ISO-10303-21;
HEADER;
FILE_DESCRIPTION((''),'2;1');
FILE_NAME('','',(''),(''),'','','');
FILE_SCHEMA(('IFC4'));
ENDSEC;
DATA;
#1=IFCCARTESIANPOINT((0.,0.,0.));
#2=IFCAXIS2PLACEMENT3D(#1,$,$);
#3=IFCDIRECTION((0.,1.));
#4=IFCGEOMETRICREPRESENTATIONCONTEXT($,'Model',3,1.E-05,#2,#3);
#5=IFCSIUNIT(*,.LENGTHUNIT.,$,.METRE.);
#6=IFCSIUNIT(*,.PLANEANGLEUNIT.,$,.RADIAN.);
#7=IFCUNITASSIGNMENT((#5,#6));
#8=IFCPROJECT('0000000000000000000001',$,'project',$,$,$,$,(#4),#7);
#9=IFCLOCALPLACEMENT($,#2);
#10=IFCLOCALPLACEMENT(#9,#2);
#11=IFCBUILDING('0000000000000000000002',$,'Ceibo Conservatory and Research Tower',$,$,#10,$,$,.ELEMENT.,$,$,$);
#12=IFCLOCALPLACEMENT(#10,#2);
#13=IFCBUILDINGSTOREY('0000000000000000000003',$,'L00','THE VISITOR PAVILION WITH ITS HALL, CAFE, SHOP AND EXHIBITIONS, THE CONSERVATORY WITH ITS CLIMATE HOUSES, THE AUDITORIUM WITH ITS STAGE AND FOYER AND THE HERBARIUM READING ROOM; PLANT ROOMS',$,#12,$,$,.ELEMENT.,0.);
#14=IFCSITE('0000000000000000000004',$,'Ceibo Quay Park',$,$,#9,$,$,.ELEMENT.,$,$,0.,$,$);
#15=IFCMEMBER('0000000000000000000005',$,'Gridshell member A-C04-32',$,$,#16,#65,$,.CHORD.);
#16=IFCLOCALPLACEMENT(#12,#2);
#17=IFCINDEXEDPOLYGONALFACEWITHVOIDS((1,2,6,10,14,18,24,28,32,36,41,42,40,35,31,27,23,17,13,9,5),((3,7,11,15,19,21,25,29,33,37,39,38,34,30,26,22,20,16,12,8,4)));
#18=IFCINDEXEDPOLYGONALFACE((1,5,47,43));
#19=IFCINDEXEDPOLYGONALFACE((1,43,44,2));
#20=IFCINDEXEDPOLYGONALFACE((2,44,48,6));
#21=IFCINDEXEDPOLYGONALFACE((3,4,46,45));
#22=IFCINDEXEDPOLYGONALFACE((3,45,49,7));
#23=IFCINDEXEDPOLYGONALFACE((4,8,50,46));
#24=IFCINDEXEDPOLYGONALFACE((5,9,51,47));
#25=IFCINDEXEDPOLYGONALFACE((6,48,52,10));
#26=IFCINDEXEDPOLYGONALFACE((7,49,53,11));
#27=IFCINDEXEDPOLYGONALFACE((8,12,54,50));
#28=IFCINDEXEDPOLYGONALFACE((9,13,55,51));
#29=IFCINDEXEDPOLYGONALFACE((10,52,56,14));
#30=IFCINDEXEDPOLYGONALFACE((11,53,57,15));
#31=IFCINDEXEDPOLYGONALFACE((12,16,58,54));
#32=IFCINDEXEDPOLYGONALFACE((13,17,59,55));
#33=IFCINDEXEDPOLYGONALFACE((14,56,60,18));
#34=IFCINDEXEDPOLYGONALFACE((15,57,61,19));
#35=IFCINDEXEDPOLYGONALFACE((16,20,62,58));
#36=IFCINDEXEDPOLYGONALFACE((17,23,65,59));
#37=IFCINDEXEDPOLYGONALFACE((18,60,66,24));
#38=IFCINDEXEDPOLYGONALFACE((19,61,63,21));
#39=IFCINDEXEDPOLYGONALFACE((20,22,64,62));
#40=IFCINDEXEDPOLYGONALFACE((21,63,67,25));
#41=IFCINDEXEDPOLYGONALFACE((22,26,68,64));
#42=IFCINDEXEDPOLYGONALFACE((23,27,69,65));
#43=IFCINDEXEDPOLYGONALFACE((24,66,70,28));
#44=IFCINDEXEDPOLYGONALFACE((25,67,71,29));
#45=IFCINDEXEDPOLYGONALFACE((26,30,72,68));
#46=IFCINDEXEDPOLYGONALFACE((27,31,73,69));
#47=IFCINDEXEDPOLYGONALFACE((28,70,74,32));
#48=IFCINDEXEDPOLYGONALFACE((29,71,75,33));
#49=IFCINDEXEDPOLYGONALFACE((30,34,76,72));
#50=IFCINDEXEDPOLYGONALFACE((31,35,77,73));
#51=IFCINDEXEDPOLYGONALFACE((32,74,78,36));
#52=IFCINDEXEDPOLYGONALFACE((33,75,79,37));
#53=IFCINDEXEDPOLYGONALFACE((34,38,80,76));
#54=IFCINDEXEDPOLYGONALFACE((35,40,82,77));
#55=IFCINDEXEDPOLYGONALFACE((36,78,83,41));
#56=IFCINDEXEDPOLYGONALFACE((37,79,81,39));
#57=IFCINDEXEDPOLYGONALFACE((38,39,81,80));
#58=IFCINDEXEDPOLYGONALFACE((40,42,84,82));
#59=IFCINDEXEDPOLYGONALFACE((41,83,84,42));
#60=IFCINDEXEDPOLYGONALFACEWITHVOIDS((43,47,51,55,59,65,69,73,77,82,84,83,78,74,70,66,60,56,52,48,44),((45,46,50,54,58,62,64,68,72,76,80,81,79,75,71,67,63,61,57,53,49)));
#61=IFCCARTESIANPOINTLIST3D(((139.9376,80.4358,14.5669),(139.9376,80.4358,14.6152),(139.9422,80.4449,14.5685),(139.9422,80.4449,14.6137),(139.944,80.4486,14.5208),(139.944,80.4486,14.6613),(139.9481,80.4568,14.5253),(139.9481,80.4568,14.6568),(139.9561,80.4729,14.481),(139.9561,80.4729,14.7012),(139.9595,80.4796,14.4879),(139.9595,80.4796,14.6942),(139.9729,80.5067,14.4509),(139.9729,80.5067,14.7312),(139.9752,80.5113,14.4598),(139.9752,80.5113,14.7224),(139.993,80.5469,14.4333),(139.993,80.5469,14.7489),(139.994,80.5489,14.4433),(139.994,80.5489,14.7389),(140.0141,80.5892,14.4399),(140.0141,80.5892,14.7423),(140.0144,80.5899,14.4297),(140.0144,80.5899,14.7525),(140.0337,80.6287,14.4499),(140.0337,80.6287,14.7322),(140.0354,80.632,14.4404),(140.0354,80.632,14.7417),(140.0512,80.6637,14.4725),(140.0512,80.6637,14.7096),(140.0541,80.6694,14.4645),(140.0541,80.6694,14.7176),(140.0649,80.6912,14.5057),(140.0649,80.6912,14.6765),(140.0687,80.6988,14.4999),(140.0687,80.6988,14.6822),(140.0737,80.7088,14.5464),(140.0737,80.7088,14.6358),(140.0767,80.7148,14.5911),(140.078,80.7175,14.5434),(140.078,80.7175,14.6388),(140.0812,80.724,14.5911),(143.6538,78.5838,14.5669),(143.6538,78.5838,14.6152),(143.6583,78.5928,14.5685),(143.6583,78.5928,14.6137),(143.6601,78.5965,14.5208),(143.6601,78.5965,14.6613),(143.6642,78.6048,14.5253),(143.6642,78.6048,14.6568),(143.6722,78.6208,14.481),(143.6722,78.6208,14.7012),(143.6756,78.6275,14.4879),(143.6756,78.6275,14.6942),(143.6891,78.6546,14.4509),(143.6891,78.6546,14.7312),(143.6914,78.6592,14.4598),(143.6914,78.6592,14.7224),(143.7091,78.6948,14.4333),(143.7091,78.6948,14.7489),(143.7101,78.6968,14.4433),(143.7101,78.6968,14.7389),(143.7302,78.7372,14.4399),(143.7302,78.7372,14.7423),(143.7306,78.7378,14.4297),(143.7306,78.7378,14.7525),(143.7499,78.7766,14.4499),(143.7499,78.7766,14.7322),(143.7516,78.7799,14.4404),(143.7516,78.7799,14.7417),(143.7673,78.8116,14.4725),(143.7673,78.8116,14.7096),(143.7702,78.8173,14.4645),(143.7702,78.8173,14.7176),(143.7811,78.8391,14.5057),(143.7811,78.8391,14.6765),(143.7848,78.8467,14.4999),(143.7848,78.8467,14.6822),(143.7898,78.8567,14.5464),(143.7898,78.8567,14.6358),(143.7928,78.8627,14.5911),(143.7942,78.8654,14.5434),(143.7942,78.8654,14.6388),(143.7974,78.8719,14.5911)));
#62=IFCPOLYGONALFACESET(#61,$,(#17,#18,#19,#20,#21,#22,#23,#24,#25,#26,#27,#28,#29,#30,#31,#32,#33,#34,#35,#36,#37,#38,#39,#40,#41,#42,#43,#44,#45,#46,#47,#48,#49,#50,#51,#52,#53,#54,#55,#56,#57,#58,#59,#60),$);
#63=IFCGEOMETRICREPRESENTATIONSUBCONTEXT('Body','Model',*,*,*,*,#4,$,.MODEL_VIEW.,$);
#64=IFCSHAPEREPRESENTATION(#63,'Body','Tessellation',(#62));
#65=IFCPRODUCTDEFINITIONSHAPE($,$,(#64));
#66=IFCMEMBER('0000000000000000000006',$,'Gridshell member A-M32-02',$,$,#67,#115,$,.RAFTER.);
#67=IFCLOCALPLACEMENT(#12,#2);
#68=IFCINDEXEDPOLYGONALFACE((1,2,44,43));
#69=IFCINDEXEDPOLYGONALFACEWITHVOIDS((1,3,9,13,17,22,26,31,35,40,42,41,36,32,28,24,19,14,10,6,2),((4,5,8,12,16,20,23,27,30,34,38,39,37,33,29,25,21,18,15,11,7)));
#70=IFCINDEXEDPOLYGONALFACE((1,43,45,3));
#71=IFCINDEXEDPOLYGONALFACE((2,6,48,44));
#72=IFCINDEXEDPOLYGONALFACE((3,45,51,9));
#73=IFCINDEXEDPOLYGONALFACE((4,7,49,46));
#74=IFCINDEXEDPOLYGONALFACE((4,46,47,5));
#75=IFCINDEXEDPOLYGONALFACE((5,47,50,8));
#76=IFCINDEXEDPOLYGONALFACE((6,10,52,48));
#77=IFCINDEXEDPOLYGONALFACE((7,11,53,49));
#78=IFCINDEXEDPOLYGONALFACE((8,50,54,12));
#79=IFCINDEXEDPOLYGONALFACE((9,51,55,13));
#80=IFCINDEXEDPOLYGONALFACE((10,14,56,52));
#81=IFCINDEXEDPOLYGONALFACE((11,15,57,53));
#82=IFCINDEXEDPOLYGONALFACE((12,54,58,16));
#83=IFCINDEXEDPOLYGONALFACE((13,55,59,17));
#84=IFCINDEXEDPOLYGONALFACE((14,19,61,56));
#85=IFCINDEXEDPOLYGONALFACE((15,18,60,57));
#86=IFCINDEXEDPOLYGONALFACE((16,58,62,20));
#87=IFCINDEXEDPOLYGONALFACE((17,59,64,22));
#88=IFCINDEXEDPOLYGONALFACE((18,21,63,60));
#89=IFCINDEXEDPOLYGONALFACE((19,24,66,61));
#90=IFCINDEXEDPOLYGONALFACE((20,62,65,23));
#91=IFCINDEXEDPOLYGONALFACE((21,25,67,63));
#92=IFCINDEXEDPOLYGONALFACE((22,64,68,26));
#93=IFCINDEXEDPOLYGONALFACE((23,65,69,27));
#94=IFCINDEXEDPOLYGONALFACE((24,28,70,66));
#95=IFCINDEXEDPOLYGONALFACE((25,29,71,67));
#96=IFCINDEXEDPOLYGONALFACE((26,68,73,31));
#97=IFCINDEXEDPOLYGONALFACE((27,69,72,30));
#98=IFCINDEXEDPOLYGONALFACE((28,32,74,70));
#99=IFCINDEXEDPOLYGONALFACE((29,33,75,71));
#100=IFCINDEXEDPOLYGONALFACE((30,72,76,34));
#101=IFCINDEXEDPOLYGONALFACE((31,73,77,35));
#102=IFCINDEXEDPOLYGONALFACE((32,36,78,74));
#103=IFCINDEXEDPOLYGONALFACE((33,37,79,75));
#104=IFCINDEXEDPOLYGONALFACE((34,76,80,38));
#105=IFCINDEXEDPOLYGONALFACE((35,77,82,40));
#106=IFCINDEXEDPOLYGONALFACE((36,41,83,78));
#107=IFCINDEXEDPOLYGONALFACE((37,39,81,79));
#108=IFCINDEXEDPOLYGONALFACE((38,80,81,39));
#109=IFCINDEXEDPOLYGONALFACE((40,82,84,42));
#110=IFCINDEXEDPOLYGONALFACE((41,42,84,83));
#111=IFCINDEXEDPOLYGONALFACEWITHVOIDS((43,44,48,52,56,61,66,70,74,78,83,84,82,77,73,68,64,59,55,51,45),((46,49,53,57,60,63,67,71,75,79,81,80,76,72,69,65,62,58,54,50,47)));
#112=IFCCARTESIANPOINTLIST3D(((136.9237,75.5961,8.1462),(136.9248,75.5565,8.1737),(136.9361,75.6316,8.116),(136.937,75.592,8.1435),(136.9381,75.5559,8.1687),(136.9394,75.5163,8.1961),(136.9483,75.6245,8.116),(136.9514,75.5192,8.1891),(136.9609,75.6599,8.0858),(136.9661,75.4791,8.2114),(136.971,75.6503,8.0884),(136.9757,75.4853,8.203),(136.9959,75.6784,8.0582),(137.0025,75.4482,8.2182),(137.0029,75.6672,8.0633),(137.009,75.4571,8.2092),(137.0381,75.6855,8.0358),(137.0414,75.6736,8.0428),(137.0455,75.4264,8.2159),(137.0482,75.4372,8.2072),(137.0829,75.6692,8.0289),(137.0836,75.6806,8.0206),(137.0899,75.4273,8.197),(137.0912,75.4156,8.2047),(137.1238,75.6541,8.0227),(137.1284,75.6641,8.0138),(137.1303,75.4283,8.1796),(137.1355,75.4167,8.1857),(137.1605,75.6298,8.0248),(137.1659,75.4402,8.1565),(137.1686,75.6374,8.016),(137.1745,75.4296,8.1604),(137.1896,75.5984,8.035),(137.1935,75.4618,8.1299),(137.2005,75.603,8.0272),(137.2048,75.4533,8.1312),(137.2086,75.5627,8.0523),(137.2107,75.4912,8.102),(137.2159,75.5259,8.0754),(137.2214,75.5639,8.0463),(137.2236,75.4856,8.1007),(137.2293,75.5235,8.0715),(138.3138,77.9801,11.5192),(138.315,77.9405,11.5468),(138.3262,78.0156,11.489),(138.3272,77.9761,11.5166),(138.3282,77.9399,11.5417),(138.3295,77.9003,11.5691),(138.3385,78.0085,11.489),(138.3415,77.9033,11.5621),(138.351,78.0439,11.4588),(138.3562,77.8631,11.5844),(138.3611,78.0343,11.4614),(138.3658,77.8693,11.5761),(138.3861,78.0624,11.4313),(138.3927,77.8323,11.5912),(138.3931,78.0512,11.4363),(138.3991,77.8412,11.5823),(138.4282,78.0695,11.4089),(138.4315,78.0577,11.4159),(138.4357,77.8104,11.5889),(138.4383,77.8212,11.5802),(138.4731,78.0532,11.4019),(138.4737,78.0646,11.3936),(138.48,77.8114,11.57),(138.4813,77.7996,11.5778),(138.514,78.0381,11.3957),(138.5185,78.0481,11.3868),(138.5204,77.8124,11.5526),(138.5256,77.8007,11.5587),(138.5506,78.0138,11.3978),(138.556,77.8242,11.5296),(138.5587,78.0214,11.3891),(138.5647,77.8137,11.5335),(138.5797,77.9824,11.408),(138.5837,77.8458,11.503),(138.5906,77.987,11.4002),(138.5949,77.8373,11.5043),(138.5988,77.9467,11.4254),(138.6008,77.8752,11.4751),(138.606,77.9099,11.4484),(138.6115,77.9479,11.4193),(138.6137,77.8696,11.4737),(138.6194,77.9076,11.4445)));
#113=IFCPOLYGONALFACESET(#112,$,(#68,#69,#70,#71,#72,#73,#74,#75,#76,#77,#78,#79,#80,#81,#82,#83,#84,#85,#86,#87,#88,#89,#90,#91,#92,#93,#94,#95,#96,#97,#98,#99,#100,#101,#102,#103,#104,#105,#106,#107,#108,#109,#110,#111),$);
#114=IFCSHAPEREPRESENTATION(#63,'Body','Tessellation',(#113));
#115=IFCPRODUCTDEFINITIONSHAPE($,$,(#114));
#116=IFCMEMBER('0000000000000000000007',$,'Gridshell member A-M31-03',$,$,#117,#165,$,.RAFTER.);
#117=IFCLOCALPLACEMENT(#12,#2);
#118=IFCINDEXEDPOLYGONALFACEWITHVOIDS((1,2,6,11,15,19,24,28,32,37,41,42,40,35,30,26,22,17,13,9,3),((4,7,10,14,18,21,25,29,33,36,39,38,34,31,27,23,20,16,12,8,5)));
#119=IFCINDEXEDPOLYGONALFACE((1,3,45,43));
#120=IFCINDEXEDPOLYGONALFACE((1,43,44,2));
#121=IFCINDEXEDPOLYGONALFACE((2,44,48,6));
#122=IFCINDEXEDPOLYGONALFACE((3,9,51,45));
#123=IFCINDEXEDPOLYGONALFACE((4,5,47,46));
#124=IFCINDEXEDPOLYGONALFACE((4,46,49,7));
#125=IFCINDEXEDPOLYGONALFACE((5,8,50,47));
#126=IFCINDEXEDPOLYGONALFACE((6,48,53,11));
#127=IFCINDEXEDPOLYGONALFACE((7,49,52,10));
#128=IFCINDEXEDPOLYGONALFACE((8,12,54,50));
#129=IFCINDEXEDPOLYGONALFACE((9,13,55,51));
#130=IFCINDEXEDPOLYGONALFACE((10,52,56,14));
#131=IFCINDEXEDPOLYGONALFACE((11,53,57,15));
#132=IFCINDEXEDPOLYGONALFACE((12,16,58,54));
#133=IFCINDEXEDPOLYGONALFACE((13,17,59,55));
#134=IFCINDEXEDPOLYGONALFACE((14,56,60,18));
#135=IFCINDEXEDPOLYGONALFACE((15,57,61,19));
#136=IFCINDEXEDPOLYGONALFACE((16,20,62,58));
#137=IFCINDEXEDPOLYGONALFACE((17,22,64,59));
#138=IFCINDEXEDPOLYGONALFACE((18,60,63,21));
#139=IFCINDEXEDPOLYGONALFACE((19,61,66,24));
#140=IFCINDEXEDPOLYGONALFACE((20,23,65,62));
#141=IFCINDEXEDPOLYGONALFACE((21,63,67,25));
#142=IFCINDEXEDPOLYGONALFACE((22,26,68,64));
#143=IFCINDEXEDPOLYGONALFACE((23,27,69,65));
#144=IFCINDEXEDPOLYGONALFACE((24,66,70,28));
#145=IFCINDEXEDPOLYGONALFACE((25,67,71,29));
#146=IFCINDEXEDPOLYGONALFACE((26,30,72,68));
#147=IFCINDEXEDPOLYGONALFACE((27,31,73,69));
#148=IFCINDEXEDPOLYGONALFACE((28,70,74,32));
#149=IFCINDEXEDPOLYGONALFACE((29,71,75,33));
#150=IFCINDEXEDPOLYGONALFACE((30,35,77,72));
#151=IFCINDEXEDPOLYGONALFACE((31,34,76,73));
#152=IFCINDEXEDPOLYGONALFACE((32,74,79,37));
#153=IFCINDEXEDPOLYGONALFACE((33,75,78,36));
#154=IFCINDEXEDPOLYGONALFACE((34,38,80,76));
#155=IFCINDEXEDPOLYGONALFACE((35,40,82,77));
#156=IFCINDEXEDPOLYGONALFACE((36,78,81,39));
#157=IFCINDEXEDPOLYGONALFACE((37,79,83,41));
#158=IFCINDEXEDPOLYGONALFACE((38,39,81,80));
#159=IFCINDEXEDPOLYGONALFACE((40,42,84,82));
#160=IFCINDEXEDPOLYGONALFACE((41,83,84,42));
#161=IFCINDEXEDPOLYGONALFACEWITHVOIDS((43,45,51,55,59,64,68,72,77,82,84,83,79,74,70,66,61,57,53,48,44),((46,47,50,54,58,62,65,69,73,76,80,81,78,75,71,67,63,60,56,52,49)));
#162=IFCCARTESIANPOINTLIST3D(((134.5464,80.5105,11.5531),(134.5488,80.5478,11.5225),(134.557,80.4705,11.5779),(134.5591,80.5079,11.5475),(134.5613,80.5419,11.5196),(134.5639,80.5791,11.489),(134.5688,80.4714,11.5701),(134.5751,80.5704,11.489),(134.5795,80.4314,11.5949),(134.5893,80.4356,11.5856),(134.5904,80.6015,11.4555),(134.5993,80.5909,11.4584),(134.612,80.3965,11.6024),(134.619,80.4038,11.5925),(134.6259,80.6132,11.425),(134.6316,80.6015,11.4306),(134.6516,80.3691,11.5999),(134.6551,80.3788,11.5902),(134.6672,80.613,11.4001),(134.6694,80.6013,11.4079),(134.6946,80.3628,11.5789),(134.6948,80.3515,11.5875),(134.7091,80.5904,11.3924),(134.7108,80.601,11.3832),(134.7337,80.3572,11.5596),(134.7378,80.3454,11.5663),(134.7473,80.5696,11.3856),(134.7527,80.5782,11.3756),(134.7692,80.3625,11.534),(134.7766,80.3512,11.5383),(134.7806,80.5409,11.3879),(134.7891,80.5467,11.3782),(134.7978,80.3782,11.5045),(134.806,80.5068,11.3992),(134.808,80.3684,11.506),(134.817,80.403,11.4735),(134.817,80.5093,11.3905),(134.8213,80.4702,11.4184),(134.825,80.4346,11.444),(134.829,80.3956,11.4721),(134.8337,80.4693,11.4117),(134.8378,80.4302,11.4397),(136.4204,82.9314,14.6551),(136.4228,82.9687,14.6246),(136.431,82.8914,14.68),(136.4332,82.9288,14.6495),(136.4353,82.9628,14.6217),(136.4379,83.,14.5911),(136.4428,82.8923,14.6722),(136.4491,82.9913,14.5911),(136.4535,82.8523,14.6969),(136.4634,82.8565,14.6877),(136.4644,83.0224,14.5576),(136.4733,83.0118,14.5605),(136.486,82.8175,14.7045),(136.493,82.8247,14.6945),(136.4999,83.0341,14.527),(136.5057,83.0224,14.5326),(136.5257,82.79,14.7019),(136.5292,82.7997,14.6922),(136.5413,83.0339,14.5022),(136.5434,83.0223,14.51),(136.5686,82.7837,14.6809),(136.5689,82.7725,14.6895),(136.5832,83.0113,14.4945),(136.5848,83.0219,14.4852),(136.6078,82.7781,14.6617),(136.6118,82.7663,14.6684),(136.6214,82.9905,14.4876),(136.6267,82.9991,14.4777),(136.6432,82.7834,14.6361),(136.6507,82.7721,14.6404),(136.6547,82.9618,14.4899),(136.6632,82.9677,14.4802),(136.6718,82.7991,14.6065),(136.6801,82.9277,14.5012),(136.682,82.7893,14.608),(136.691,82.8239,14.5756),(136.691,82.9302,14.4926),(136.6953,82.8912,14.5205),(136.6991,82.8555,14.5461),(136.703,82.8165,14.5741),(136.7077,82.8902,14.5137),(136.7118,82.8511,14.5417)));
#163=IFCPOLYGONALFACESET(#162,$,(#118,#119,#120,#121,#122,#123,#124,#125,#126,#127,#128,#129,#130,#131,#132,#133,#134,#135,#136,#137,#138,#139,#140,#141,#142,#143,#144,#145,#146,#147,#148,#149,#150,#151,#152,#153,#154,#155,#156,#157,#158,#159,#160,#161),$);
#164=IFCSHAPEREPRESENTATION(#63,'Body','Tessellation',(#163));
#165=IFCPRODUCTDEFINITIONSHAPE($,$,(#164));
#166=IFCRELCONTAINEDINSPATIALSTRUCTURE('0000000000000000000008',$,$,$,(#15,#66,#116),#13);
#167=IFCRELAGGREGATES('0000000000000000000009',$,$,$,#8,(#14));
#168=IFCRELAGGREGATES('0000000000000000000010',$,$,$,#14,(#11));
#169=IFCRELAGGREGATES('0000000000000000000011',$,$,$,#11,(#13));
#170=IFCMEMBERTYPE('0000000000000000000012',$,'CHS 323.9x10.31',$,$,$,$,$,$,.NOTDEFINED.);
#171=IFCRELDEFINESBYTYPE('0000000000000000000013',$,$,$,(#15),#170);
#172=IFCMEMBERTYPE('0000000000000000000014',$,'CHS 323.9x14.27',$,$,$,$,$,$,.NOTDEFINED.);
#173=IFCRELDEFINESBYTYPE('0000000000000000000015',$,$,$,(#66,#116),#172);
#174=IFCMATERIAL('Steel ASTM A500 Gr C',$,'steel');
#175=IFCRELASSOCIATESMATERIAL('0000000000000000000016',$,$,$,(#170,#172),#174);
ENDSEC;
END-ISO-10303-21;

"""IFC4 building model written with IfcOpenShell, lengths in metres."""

from ifc_helpers import new_model, si_unit, direction, frame, origin, origin_2d, place, context, subcontext, project, spatial, hollow_circle, extrude, material, material_profile, profile_set, type_object, element, save


model = new_model("IFC4")

# Units and contexts
model_context = context("Model", 3, precision=1e-05, world=origin(), true_north=direction((0.0, 1.0)))
body_context = subcontext(model_context, "Body", "Model", "MODEL_VIEW")
ifc_project = project(units=[si_unit("LENGTHUNIT", "METRE"), si_unit("PLANEANGLEUNIT", "RADIAN")], contexts=[model_context])

# Site, building, storey
site_placement = place(None, origin())
site = spatial("IfcSite", under=ifc_project, at=site_placement, Name="Ceibo Quay Park", CompositionType="ELEMENT", RefElevation=0.0)
building_placement = place(site_placement, origin())
building = spatial("IfcBuilding", under=site, at=building_placement, Name="Ceibo Conservatory and Research Tower", CompositionType="ELEMENT")
storey_placement = place(building_placement, origin())
storey = spatial("IfcBuildingStorey", under=building, at=storey_placement, Name="L00", Description="THE VISITOR PAVILION WITH ITS HALL, CAFE, SHOP AND EXHIBITIONS, THE CONSERVATORY WITH ITS CLIMATE HOUSES, THE AUDITORIUM WITH ITS STAGE AND FOYER AND THE HERBARIUM READING ROOM; PLANT ROOMS", CompositionType="ELEMENT", Elevation=0.0)

# Members
ifc_material_1 = material(Name="Steel ASTM A500 Gr C", Category="steel")
ifc_material_profile_1 = material_profile(ifc_material_1, hollow_circle(Radius=0.1619, WallThickness=0.0103, at=origin_2d()), Name="CHS 323.9x10.31")
ifc_profile_set_1 = profile_set([ifc_material_profile_1], Name="Steel ASTM A500 Gr C")
member_type_1 = type_object("IfcMemberType", Name="CHS 323.9x10.31", PredefinedType="NOTDEFINED", material=ifc_profile_set_1)
member_1_placement = place(storey_placement, frame((140.009, 80.5791, 14.5911), z_axis=(0.895003, -0.446061, 0.0), x_axis=(0.446061, 0.895003, 0.0)))
element("IfcMember", 1, at=member_1_placement, inside=storey, type_object=member_type_1, Name="Gridshell member A-C04-32", PredefinedType="CHORD", context=body_context, shape_type="SweptSolid", body=[
    extrude(hollow_circle(Radius=0.1619, WallThickness=0.0103, at=origin_2d()), origin(), (0.0, 0.0, 1.0), 4.1521),
])
ifc_material_profile_2 = material_profile(ifc_material_1, hollow_circle(Radius=0.1619, WallThickness=0.0142, at=origin_2d()), Name="CHS 323.9x14.27")
ifc_profile_set_2 = profile_set([ifc_material_profile_2], Name="Steel ASTM A500 Gr C")
member_type_2 = type_object("IfcMemberType", Name="CHS 323.9x14.27", PredefinedType="NOTDEFINED", material=ifc_profile_set_2)
member_2_placement = place(storey_placement, frame((137.0759, 75.55, 8.116), z_axis=(0.318973, 0.547028, 0.773962), x_axis=(-0.863866, 0.503723, 0.0)))
element("IfcMember", 2, at=member_2_placement, inside=storey, type_object=member_type_2, Name="Gridshell member A-M32-02", PredefinedType="RAFTER", context=body_context, shape_type="SweptSolid", body=[
    extrude(hollow_circle(Radius=0.1619, WallThickness=0.0142, at=origin_2d()), origin(), (0.0, 0.0, 1.0), 4.3582),
])
member_3_placement = place(storey_placement, frame((134.6919, 80.48, 11.489), z_axis=(0.429982, 0.555459, 0.711745), x_axis=(-0.790759, 0.612128, 0.0)))
element("IfcMember", 3, at=member_3_placement, inside=storey, type_object=member_type_2, Name="Gridshell member A-M31-03", PredefinedType="RAFTER", context=body_context, shape_type="SweptSolid", body=[
    extrude(hollow_circle(Radius=0.1619, WallThickness=0.0142, at=origin_2d()), origin(), (0.0, 0.0, 1.0), 4.3584),
])

save(model, "model.ifc")
